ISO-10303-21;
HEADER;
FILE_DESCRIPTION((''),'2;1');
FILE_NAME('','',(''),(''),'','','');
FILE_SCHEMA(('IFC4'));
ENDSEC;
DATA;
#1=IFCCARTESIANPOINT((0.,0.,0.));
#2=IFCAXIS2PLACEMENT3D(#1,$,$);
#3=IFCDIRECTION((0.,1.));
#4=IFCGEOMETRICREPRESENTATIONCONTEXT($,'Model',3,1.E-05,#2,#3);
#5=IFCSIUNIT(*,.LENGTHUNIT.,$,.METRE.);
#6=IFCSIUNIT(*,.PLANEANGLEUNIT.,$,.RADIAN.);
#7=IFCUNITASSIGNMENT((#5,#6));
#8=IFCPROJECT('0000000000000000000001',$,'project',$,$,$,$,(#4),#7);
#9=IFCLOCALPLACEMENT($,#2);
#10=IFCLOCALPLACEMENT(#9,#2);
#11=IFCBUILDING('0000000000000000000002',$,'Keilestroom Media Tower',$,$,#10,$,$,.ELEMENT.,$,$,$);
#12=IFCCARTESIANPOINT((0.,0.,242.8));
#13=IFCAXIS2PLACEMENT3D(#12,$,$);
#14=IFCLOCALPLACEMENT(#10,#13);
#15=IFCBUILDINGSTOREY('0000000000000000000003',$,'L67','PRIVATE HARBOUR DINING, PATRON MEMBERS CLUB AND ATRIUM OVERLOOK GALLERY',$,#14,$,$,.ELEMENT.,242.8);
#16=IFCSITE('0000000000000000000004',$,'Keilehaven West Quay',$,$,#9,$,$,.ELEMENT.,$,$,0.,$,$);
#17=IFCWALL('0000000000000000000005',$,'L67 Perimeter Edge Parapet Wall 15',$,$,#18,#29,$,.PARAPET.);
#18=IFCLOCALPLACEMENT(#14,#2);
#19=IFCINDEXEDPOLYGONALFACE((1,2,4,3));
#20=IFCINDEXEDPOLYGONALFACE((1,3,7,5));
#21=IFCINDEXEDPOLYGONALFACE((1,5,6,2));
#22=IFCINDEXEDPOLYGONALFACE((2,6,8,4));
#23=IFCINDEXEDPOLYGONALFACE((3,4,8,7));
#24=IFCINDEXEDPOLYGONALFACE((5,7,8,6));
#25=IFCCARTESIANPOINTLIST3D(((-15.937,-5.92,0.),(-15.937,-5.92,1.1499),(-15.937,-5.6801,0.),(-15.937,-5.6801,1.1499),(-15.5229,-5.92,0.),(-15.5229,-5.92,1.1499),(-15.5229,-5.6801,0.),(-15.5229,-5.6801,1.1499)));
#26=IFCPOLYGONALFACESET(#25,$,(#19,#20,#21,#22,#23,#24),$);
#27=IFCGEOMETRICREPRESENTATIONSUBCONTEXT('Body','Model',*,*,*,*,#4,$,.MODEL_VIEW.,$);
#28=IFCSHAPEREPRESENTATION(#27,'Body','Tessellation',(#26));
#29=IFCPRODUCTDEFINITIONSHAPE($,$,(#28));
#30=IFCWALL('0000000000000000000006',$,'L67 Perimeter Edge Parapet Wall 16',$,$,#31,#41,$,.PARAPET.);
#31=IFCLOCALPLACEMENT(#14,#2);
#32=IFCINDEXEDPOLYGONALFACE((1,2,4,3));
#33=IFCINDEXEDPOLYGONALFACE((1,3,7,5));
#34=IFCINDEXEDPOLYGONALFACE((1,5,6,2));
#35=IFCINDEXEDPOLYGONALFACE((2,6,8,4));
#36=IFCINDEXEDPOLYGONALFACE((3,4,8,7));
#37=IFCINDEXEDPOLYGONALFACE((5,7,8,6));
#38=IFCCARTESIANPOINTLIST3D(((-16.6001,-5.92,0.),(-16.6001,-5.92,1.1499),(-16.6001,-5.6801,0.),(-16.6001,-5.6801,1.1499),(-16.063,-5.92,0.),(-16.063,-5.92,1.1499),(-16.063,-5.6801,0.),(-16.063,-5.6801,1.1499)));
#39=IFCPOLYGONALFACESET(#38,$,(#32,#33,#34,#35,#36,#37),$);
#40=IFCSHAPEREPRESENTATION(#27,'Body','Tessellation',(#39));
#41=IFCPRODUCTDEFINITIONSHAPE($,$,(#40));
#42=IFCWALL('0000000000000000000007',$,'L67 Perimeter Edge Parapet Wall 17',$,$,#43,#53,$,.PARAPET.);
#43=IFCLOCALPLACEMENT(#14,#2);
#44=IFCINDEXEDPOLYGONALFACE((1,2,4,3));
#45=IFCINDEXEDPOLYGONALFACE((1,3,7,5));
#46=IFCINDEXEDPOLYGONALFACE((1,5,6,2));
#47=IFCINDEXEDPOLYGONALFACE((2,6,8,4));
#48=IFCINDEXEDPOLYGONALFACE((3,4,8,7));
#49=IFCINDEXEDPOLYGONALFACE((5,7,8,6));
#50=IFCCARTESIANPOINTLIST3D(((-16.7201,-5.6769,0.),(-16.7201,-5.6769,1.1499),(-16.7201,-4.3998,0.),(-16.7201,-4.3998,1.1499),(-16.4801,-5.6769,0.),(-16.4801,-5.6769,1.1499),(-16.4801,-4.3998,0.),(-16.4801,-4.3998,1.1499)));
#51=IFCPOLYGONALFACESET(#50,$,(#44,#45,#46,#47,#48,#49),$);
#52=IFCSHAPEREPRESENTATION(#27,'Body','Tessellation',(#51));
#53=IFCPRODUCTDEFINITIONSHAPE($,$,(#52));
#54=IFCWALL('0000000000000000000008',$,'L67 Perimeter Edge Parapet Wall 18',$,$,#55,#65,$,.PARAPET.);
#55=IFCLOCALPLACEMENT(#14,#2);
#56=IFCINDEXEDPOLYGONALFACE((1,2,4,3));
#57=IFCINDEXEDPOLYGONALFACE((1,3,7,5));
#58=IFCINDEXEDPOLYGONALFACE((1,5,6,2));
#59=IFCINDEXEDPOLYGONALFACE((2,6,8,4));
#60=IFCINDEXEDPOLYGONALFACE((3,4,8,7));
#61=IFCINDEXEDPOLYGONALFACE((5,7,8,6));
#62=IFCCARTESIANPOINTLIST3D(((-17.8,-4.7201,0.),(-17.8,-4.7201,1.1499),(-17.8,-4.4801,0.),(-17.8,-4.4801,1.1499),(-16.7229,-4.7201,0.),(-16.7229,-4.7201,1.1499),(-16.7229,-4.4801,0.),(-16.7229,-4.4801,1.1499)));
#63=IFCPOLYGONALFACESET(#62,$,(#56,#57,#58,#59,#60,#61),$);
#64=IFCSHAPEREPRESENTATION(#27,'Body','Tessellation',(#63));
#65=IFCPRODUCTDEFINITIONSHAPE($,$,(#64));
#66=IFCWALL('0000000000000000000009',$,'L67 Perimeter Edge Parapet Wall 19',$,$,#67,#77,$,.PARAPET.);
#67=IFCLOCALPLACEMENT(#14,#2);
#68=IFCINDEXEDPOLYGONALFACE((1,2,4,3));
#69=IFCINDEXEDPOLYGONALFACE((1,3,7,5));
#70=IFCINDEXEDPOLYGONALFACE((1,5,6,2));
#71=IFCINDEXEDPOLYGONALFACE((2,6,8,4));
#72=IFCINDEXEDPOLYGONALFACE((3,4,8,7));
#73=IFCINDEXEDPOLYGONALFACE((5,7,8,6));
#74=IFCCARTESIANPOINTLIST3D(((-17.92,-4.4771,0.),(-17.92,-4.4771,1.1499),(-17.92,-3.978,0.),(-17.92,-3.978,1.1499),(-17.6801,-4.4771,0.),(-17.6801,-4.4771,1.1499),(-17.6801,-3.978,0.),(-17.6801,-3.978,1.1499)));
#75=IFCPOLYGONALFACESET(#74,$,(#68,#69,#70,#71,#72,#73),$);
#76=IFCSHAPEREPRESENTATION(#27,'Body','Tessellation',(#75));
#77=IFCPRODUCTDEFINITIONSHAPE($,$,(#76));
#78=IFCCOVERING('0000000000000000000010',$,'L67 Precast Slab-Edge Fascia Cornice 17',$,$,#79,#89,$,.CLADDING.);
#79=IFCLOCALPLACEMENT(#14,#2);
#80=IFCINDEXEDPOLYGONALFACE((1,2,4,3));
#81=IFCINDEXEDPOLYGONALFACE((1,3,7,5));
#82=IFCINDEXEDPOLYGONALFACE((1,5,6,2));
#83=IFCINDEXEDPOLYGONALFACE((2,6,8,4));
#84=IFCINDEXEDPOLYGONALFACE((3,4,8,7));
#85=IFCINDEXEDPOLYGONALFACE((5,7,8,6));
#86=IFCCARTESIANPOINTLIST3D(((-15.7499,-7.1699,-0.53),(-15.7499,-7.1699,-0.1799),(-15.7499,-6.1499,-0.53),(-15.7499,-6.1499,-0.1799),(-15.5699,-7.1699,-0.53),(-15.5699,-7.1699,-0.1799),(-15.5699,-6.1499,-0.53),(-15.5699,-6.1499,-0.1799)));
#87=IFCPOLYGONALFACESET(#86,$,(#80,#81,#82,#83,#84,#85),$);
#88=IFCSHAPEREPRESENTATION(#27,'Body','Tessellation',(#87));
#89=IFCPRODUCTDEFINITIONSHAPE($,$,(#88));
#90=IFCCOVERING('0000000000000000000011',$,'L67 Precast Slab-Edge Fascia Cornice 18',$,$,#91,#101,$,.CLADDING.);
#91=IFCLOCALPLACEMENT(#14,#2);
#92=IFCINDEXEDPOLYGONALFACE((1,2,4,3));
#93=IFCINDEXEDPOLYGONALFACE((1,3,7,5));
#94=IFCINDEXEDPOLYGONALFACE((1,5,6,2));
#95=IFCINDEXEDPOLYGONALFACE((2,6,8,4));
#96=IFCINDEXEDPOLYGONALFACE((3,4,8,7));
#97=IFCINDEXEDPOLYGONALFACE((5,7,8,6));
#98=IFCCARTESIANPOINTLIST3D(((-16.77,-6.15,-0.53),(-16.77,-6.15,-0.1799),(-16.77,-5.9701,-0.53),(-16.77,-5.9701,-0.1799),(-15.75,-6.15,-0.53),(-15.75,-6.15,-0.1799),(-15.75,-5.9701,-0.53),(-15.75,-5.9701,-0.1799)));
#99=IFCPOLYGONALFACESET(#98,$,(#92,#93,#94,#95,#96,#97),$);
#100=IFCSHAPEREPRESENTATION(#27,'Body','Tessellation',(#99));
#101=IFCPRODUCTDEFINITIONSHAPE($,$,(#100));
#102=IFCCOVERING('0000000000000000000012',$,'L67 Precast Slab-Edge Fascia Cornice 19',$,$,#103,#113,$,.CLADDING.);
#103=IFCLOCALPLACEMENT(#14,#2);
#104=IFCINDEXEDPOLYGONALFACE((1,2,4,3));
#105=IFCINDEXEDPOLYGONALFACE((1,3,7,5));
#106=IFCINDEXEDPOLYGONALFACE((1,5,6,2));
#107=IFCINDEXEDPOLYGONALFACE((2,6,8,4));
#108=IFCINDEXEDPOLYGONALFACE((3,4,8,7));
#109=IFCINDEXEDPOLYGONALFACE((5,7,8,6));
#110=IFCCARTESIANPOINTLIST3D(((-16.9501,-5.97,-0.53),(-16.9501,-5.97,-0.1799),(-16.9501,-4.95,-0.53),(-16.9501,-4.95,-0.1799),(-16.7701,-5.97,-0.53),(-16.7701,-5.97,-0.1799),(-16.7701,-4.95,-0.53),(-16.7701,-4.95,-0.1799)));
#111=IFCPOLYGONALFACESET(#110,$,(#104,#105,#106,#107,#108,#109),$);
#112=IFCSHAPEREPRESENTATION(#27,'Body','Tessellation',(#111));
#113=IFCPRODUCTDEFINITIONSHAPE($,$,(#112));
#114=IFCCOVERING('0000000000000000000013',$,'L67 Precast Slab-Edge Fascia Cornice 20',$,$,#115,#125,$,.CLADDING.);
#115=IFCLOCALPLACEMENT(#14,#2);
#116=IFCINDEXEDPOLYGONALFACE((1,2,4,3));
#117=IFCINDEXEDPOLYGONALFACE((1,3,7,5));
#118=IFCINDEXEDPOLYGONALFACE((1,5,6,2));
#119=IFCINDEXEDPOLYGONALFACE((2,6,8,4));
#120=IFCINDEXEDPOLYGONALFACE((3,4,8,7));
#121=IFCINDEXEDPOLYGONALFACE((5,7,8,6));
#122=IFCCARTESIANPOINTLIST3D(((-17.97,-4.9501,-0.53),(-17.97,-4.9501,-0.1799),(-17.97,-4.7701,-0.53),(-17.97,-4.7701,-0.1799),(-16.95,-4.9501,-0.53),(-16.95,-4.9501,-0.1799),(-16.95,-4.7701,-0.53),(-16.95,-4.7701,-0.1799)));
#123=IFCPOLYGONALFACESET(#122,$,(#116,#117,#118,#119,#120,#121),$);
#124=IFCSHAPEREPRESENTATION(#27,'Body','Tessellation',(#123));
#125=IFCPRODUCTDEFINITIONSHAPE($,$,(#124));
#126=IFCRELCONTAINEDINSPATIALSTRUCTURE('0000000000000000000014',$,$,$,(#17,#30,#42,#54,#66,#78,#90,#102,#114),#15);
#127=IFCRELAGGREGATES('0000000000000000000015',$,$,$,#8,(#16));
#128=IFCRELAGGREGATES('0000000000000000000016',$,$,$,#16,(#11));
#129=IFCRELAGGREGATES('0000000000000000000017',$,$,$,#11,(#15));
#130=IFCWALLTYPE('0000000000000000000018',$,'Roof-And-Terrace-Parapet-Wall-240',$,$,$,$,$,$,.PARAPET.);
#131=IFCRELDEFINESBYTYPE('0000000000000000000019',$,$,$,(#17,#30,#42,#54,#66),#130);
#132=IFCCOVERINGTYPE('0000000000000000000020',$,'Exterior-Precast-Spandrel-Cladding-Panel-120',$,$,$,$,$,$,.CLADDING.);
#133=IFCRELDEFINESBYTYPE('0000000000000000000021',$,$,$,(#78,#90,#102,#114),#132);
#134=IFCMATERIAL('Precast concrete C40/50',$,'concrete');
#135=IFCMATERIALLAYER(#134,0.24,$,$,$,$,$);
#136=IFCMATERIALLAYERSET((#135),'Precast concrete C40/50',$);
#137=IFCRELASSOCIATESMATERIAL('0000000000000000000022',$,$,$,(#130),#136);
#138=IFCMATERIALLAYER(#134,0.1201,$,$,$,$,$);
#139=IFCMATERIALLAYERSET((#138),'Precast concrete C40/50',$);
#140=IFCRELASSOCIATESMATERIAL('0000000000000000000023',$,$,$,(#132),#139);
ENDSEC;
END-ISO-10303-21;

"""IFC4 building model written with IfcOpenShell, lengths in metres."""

from ifc_helpers import new_model, si_unit, direction, frame, frame_2d, origin, origin_2d, place, context, subcontext, project, spatial, rectangle, extrude, source, transform, mapped, material, layer, layer_set, type_object, element, save


model = new_model("IFC4")

# Units and contexts
model_context = context("Model", 3, precision=1e-05, world=origin(), true_north=direction((0.0, 1.0)))
body_context = subcontext(model_context, "Body", "Model", "MODEL_VIEW")
ifc_project = project(units=[si_unit("LENGTHUNIT", "METRE"), si_unit("PLANEANGLEUNIT", "RADIAN")], contexts=[model_context])

# Site, building, storey
site_placement = place(None, origin())
site = spatial("IfcSite", under=ifc_project, at=site_placement, Name="Keilehaven West Quay", CompositionType="ELEMENT", RefElevation=0.0)
building_placement = place(site_placement, origin())
building = spatial("IfcBuilding", under=site, at=building_placement, Name="Keilestroom Media Tower", CompositionType="ELEMENT")
storey_placement = place(building_placement, frame((0.0, 0.0, 242.8)))
storey = spatial("IfcBuildingStorey", under=building, at=storey_placement, Name="L67", Description="PRIVATE HARBOUR DINING, PATRON MEMBERS CLUB AND ATRIUM OVERLOOK GALLERY", CompositionType="ELEMENT", Elevation=242.8)

# Shared definitions
ifc_material_1 = material(Name="Precast concrete C40/50", Category="concrete")

# Walls
ifc_layer_1 = layer(ifc_material_1, 0.24)
ifc_layer_set_1 = layer_set([ifc_layer_1], Name="Precast concrete C40/50")
wall_type = type_object("IfcWallType", Name="Roof-And-Terrace-Parapet-Wall-240", PredefinedType="PARAPET", material=ifc_layer_set_1)
wall_1_placement = place(storey_placement, frame((-15.5229, -5.8, 0.0), z_axis=(0.0, 0.0, 1.0), x_axis=(-1.0, 0.0, 0.0)))
element("IfcWall", 1, at=wall_1_placement, inside=storey, type_object=wall_type, Name="L67 Perimeter Edge Parapet Wall 15", PredefinedType="PARAPET", context=body_context, shape_type="SweptSolid", body=[
    extrude(rectangle(XDim=0.4141, YDim=0.24, at=frame_2d((0.207, 0.0))), origin(), (0.0, 0.0, 1.0), 1.1499),
])
wall_2_placement = place(storey_placement, frame((-16.063, -5.8, 0.0), z_axis=(0.0, 0.0, 1.0), x_axis=(-1.0, 0.0, 0.0)))
element("IfcWall", 2, at=wall_2_placement, inside=storey, type_object=wall_type, Name="L67 Perimeter Edge Parapet Wall 16", PredefinedType="PARAPET", context=body_context, shape_type="SweptSolid", body=[
    extrude(rectangle(XDim=0.5371, YDim=0.24, at=frame_2d((0.2686, 0.0))), origin(), (0.0, 0.0, 1.0), 1.1499),
])
wall_3_placement = place(storey_placement, frame((-16.6001, -5.677, 0.0), z_axis=(0.0, 0.0, 1.0), x_axis=(0.0, 1.0, 0.0)))
element("IfcWall", 3, at=wall_3_placement, inside=storey, type_object=wall_type, Name="L67 Perimeter Edge Parapet Wall 17", PredefinedType="PARAPET", context=body_context, shape_type="SweptSolid", body=[
    extrude(rectangle(XDim=1.2771, YDim=0.24, at=frame_2d((0.6387, 0.0))), origin(), (0.0, 0.0, 1.0), 1.1499),
])
wall_4_placement = place(storey_placement, frame((-16.7229, -4.6001, 0.0), z_axis=(0.0, 0.0, 1.0), x_axis=(-1.0, 0.0, 0.0)))
element("IfcWall", 4, at=wall_4_placement, inside=storey, type_object=wall_type, Name="L67 Perimeter Edge Parapet Wall 18", PredefinedType="PARAPET", context=body_context, shape_type="SweptSolid", body=[
    extrude(rectangle(XDim=1.0771, YDim=0.24, at=frame_2d((0.5386, 0.0))), origin(), (0.0, 0.0, 1.0), 1.1499),
])
wall_5_placement = place(storey_placement, frame((-17.8, -4.4771, 0.0), z_axis=(0.0, 0.0, 1.0), x_axis=(0.0, 1.0, 0.0)))
element("IfcWall", 5, at=wall_5_placement, inside=storey, type_object=wall_type, Name="L67 Perimeter Edge Parapet Wall 19", PredefinedType="PARAPET", context=body_context, shape_type="SweptSolid", body=[
    extrude(rectangle(XDim=0.499, YDim=0.24, at=frame_2d((0.2495, 0.0))), origin(), (0.0, 0.0, 1.0), 1.1499),
])

# Coverings
ifc_layer_2 = layer(ifc_material_1, 0.1201)
ifc_layer_set_2 = layer_set([ifc_layer_2], Name="Precast concrete C40/50")
covering_type = type_object("IfcCoveringType", Name="Exterior-Precast-Spandrel-Cladding-Panel-120", PredefinedType="CLADDING", material=ifc_layer_set_2)
shared_shape_1 = source(origin(), body_context, "Body", "SweptSolid", [
    extrude(rectangle(XDim=1.02, YDim=0.1799, at=origin_2d()), origin(), (0.0, 0.0, 1.0), 0.3501),
])
for number, where, z_axis, x_axis, name in (
    (6, (-15.6599, -6.6599, -0.53), (0.0, 0.0, 1.0), (0.0, 1.0, 0.0), "L67 Precast Slab-Edge Fascia Cornice 17"),
    (7, (-16.26, -6.0601, -0.53), (0.0, 0.0, 1.0), (-1.0, 0.0, 0.0), "L67 Precast Slab-Edge Fascia Cornice 18"),
    (8, (-16.8601, -5.46, -0.53), (0.0, 0.0, 1.0), (0.0, 1.0, 0.0), "L67 Precast Slab-Edge Fascia Cornice 19"),
    (9, (-17.46, -4.8601, -0.53), (0.0, 0.0, 1.0), (-1.0, 0.0, 0.0), "L67 Precast Slab-Edge Fascia Cornice 20"),
):
    element("IfcCovering", number, at=place(storey_placement, frame(where, z_axis=z_axis, x_axis=x_axis)), inside=storey, type_object=covering_type, Name=name, PredefinedType="CLADDING", context=body_context, shape_type="MappedRepresentation", body=[
        mapped(shared_shape_1, transform((0.0, 0.0, 0.0), x_axis=(1.0, 0.0, 0.0), y_axis=(0.0, 1.0, 0.0), z_axis=(0.0, 0.0, 1.0), scale=1.0)),
    ])

save(model, "model.ifc")
